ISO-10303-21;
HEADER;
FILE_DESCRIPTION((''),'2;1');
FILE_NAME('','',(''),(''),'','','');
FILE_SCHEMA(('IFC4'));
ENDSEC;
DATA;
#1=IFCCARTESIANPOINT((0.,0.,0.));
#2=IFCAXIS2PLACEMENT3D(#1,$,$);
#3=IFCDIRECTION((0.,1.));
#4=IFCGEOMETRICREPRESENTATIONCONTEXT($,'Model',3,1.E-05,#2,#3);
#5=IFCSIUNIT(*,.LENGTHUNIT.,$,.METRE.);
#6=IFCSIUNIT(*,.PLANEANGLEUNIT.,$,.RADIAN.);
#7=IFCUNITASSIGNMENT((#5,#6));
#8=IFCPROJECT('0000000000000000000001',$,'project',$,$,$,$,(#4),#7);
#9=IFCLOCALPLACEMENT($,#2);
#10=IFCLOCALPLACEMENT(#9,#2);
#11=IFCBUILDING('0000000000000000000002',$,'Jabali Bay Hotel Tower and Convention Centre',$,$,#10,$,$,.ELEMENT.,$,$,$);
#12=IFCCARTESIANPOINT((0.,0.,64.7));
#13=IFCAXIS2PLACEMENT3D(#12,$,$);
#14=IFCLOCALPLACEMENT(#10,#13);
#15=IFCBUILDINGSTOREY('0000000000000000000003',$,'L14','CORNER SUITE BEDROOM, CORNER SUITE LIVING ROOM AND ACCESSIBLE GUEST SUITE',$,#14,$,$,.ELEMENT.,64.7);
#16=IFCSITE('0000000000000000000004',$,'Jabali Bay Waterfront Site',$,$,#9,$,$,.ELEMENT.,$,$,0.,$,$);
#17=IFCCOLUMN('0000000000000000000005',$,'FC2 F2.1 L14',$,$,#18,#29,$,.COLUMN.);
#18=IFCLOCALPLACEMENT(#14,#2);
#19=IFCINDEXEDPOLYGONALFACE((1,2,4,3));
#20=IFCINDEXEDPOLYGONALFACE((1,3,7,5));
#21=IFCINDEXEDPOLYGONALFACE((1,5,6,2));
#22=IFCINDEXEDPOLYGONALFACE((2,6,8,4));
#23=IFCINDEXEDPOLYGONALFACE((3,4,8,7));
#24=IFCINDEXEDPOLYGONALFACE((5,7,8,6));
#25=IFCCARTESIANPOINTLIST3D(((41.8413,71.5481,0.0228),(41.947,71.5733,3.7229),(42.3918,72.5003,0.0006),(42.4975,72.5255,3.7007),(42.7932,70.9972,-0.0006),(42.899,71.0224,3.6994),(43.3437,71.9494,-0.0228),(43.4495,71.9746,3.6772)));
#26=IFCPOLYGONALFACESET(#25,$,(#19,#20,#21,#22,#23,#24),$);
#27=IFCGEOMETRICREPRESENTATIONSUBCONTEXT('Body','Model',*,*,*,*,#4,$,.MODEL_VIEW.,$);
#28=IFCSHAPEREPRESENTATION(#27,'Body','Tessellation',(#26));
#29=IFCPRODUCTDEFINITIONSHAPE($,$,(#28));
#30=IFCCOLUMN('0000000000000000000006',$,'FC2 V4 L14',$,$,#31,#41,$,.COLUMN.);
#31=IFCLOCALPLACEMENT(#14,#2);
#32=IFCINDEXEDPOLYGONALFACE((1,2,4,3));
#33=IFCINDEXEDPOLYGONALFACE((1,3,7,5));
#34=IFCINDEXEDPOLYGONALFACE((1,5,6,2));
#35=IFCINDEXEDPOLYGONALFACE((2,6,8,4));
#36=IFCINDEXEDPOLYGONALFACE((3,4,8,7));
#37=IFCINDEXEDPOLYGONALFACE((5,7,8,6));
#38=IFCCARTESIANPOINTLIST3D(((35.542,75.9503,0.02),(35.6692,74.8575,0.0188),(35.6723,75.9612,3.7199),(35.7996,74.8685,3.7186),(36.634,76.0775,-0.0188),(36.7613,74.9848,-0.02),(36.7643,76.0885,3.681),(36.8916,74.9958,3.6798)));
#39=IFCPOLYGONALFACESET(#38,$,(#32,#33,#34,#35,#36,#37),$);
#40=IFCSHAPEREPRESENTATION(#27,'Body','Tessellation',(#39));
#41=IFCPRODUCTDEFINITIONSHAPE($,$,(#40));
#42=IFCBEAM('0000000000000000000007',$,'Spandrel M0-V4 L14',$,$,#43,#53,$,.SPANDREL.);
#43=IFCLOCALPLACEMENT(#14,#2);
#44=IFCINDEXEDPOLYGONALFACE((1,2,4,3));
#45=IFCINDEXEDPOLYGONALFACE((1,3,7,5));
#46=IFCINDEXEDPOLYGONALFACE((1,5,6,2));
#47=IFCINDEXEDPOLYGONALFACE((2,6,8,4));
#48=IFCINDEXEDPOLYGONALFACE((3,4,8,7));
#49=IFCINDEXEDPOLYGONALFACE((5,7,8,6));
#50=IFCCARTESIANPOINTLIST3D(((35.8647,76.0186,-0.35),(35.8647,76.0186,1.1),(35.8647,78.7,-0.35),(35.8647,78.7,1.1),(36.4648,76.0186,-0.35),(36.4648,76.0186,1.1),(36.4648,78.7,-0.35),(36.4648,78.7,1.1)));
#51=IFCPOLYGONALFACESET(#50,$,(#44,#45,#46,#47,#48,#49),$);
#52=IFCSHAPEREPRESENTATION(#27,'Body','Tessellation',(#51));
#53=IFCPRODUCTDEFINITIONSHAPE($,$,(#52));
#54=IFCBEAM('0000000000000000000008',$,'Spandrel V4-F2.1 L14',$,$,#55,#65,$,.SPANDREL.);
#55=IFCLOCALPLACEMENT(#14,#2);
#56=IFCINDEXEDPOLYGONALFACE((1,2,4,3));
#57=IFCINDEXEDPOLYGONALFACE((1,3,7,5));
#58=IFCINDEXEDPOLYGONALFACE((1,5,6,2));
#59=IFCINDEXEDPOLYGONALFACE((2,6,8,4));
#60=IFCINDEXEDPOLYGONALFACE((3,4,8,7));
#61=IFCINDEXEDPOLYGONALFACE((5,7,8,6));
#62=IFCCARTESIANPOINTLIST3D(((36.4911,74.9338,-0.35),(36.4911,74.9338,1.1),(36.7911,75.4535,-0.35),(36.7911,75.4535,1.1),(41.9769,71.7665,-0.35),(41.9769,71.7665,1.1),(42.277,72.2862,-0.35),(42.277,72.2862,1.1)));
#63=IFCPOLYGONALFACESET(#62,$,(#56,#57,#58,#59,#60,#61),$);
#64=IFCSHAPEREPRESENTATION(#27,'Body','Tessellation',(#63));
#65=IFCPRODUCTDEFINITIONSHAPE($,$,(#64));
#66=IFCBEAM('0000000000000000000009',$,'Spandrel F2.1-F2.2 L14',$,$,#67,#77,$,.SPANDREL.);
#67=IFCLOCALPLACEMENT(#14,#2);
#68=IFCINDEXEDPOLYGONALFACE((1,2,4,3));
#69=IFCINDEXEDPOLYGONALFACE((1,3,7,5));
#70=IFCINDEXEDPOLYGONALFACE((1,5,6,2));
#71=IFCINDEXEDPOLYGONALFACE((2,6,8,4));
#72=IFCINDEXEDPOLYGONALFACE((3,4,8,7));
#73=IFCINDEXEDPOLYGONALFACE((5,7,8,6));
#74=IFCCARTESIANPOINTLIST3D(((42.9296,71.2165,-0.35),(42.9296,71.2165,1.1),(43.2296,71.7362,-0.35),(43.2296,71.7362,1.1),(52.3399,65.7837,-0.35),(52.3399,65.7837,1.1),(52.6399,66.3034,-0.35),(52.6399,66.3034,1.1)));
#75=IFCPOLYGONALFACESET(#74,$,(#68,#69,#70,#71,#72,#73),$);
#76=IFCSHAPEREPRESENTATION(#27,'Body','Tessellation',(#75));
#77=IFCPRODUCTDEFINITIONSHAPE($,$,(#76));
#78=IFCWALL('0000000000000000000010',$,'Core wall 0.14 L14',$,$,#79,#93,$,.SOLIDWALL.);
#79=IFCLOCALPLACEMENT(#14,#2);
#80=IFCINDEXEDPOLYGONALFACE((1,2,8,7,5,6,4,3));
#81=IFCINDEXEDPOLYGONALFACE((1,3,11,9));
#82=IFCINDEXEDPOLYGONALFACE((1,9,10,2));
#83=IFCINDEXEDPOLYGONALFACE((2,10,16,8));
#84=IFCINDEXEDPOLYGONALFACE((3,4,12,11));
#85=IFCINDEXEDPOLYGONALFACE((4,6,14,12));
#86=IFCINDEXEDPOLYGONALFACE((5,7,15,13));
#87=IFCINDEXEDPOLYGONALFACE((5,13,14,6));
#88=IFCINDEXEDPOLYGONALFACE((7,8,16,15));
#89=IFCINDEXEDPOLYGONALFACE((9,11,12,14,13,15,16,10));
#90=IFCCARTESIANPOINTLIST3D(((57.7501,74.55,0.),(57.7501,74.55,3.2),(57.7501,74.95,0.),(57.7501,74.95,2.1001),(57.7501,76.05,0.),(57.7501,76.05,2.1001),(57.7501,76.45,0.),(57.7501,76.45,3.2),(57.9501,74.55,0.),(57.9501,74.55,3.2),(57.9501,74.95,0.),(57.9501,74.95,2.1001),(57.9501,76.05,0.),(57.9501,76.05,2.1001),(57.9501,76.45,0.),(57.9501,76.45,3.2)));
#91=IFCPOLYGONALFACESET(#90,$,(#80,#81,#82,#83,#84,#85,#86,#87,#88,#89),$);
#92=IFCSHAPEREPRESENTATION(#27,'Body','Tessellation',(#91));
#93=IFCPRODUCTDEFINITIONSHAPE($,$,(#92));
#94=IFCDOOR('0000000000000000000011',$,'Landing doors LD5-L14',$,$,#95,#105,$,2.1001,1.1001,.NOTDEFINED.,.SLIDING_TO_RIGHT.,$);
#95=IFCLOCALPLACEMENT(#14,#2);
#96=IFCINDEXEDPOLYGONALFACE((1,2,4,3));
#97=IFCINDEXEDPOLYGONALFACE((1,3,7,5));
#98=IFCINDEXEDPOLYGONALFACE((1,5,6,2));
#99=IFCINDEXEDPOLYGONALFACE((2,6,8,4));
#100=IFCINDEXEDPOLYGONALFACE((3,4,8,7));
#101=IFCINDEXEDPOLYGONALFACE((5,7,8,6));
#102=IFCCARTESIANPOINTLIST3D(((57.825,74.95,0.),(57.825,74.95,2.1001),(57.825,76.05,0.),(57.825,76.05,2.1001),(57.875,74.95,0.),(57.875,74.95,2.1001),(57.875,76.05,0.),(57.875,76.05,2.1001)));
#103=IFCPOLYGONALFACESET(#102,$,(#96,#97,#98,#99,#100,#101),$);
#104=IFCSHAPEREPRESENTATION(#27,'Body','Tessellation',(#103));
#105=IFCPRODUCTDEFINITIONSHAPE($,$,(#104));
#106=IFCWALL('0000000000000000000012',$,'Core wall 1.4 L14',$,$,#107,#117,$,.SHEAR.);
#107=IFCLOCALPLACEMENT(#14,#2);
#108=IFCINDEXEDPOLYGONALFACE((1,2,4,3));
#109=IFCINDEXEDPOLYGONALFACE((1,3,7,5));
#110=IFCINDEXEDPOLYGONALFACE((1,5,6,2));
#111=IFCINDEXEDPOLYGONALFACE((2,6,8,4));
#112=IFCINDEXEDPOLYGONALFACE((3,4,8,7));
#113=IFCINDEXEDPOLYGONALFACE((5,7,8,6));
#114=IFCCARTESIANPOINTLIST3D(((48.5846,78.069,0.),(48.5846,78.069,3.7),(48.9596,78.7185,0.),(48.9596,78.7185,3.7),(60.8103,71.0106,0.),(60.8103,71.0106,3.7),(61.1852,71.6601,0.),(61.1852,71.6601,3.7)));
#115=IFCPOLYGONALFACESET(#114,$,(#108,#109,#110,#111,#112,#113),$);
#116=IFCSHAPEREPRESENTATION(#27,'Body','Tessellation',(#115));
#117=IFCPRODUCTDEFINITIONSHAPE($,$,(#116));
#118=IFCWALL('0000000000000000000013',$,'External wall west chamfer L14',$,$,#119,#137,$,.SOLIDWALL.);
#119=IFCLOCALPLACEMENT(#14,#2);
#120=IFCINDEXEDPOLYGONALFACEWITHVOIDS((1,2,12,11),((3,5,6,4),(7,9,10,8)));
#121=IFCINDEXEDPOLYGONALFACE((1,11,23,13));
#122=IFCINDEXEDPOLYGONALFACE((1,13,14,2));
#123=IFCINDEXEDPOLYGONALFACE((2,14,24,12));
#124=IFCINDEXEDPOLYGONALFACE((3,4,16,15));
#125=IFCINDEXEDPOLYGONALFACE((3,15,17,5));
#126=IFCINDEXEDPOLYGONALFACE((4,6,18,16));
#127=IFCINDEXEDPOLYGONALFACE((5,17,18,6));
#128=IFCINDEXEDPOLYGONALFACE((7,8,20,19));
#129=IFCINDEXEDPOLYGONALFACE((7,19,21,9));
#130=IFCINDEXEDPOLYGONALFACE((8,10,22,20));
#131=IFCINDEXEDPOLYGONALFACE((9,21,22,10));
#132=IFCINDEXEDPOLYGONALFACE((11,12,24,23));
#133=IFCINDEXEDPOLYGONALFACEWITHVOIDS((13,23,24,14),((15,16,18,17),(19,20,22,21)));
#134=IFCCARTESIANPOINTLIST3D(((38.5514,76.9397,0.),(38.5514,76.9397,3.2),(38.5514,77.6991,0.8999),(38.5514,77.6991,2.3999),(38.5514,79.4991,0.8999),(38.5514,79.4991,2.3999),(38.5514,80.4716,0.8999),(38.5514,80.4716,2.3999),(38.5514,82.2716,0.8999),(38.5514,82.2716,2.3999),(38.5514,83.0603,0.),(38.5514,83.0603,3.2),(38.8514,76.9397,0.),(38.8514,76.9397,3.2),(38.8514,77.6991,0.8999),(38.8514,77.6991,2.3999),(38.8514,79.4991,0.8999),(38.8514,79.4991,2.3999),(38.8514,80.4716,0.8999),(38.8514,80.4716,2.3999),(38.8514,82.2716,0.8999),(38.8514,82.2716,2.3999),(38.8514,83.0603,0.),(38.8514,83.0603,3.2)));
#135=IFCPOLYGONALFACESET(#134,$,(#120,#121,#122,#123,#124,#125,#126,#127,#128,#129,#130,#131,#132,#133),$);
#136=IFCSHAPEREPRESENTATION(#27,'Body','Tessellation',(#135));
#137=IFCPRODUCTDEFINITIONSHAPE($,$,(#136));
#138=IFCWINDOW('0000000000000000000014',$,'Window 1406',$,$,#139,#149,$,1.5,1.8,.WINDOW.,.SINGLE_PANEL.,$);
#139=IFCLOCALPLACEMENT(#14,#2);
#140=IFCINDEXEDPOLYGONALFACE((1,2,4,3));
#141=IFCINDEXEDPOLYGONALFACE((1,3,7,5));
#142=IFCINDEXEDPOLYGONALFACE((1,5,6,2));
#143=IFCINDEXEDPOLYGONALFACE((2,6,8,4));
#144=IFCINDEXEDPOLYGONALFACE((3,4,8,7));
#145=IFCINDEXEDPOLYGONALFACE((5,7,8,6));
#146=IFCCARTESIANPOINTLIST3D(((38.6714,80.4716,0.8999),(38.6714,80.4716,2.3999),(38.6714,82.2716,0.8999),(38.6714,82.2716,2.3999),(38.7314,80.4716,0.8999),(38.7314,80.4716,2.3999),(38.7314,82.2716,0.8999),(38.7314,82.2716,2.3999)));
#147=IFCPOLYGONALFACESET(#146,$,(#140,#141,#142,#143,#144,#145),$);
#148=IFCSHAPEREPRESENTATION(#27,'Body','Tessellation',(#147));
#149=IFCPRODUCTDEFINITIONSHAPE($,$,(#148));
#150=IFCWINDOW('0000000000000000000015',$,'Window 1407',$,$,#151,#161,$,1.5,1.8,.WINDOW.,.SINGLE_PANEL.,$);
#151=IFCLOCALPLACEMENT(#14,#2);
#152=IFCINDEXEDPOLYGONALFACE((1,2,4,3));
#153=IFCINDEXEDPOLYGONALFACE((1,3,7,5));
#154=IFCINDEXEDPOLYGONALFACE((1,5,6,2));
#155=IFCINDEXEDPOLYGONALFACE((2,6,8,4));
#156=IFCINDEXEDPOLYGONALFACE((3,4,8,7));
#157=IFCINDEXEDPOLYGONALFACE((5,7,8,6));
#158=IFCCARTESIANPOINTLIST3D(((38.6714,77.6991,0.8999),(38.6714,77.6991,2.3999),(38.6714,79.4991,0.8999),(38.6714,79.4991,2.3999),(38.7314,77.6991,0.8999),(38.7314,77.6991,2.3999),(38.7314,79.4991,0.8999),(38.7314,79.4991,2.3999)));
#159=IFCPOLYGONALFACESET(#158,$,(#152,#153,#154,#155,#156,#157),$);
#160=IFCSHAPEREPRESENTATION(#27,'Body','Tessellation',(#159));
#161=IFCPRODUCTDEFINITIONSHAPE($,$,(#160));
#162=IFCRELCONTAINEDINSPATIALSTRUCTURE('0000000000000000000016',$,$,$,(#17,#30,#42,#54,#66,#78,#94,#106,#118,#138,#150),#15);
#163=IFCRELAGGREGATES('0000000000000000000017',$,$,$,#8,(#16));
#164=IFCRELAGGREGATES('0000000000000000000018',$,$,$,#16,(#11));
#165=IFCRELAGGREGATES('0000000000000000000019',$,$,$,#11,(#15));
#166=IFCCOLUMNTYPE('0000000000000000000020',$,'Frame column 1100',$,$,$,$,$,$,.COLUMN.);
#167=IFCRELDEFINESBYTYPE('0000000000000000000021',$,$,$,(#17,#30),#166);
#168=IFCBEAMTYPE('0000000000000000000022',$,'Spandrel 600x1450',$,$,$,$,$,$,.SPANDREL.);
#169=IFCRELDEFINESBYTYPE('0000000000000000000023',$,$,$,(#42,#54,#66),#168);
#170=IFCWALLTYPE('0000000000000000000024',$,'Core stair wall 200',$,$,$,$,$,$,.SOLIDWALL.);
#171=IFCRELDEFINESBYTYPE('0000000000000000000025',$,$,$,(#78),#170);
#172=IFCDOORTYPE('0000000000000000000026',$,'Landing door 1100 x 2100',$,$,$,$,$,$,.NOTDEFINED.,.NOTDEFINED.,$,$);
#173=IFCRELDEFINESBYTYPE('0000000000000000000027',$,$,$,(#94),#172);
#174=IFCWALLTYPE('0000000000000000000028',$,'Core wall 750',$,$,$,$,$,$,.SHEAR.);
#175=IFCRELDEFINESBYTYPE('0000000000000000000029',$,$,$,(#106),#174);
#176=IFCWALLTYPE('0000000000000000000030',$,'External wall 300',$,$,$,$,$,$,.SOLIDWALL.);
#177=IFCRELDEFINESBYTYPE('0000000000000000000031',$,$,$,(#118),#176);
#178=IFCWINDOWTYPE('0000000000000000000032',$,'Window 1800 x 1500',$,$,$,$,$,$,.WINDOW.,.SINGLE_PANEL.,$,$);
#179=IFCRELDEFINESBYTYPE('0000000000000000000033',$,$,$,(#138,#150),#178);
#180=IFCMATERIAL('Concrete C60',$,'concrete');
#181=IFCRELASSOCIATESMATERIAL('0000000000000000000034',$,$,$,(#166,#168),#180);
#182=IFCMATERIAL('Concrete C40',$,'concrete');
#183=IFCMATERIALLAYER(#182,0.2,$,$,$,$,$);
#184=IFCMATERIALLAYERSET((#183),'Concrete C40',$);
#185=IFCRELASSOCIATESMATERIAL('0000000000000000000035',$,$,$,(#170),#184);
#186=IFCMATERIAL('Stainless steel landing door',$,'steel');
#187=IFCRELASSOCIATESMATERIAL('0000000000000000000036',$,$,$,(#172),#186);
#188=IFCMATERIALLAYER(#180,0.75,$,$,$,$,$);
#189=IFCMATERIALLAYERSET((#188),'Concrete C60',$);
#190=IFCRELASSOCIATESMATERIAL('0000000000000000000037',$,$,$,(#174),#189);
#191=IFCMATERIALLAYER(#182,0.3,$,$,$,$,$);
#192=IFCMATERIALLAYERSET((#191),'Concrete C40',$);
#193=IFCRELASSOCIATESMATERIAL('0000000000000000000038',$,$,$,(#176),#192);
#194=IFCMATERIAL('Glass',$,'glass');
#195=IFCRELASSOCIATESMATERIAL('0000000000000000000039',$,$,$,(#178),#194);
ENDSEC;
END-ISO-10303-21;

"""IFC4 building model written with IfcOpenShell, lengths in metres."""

from ifc_helpers import new_model, si_unit, direction, frame, frame_2d, origin, origin_2d, place, context, subcontext, project, spatial, rectangle, extrude, material, layer, layer_set, material_profile, profile_set, type_object, element, fill, save


model = new_model("IFC4")

# Units and contexts
model_context = context("Model", 3, precision=1e-05, world=origin(), true_north=direction((0.0, 1.0)))
body_context = subcontext(model_context, "Body", "Model", "MODEL_VIEW")
ifc_project = project(units=[si_unit("LENGTHUNIT", "METRE"), si_unit("PLANEANGLEUNIT", "RADIAN")], contexts=[model_context])

# Site, building, storey
site_placement = place(None, origin())
site = spatial("IfcSite", under=ifc_project, at=site_placement, Name="Jabali Bay Waterfront Site", CompositionType="ELEMENT", RefElevation=0.0)
building_placement = place(site_placement, origin())
building = spatial("IfcBuilding", under=site, at=building_placement, Name="Jabali Bay Hotel Tower and Convention Centre", CompositionType="ELEMENT")
storey_placement = place(building_placement, frame((0.0, 0.0, 64.7)))
storey = spatial("IfcBuildingStorey", under=building, at=storey_placement, Name="L14", Description="CORNER SUITE BEDROOM, CORNER SUITE LIVING ROOM AND ACCESSIBLE GUEST SUITE", CompositionType="ELEMENT", Elevation=64.7)

# Columns
ifc_material_1 = material(Name="Concrete C60", Category="concrete")
ifc_material_profile_1 = material_profile(ifc_material_1, rectangle(XDim=1.1001, YDim=1.1001, at=origin_2d()), Name="Frame column 1100")
ifc_profile_set_1 = profile_set([ifc_material_profile_1], Name="Concrete C60")
column_type = type_object("IfcColumnType", Name="Frame column 1100", PredefinedType="COLUMN", material=ifc_profile_set_1)
column_1_placement = place(storey_placement, frame((42.5925, 71.7488, 0.0), z_axis=(0.028559, 0.006794, 0.999569), x_axis=(-0.86532, 0.500766, 0.02132)))
element("IfcColumn", 1, at=column_1_placement, inside=storey, type_object=column_type, Name="FC2 F2.1 L14", PredefinedType="COLUMN", context=body_context, shape_type="SweptSolid", body=[
    extrude(rectangle(XDim=1.1001, YDim=1.1001, at=origin_2d()), origin(), (0.0, 0.0, 1.0), 3.7017),
])
column_2_placement = place(storey_placement, frame((36.1516, 75.4675, 0.0), z_axis=(0.035214, 0.002967, 0.999375), x_axis=(-0.11571, 0.993282, 0.001128)))
element("IfcColumn", 2, at=column_2_placement, inside=storey, type_object=column_type, Name="FC2 V4 L14", PredefinedType="COLUMN", context=body_context, shape_type="SweptSolid", body=[
    extrude(rectangle(XDim=1.1001, YDim=1.1001, at=origin_2d()), origin(), (0.0, 0.0, 1.0), 3.7021),
])

# Beams
ifc_material_profile_2 = material_profile(ifc_material_1, rectangle(XDim=0.6001, YDim=1.45, at=origin_2d()), Name="Spandrel 600x1450")
ifc_profile_set_2 = profile_set([ifc_material_profile_2], Name="Concrete C60")
beam_type = type_object("IfcBeamType", Name="Spandrel 600x1450", PredefinedType="SPANDREL", material=ifc_profile_set_2)
beam_1_placement = place(storey_placement, frame((36.1648, 78.7, 0.375), z_axis=(0.0, -1.0, 0.0), x_axis=(1.0, 0.0, 0.0)))
element("IfcBeam", 3, at=beam_1_placement, inside=storey, type_object=beam_type, Name="Spandrel M0-V4 L14", PredefinedType="SPANDREL", context=body_context, shape_type="SweptSolid", body=[
    extrude(rectangle(XDim=0.6001, YDim=1.45, at=origin_2d()), origin(), (0.0, 0.0, 1.0), 2.6814),
])
beam_2_placement = place(storey_placement, frame((36.6411, 75.1936, 0.375), z_axis=(0.866026, -0.499998, 0.0), x_axis=(0.499998, 0.866026, 0.0)))
element("IfcBeam", 4, at=beam_2_placement, inside=storey, type_object=beam_type, Name="Spandrel V4-F2.1 L14", PredefinedType="SPANDREL", context=body_context, shape_type="SweptSolid", body=[
    extrude(rectangle(XDim=0.6001, YDim=1.45, at=origin_2d()), origin(), (0.0, 0.0, 1.0), 6.3345),
])
beam_3_placement = place(storey_placement, frame((43.0796, 71.4763, 0.375), z_axis=(0.866035, -0.499984, 0.0), x_axis=(0.499984, 0.866035, 0.0)))
element("IfcBeam", 5, at=beam_3_placement, inside=storey, type_object=beam_type, Name="Spandrel F2.1-F2.2 L14", PredefinedType="SPANDREL", context=body_context, shape_type="SweptSolid", body=[
    extrude(rectangle(XDim=0.6001, YDim=1.45, at=origin_2d()), origin(), (0.0, 0.0, 1.0), 10.866),
])

# Wall, opening, door
ifc_material_2 = material(Name="Concrete C40", Category="concrete")
ifc_layer_1 = layer(ifc_material_2, 0.2)
ifc_layer_set_1 = layer_set([ifc_layer_1], Name="Concrete C40")
wall_type_1 = type_object("IfcWallType", Name="Core stair wall 200", PredefinedType="SOLIDWALL", material=ifc_layer_set_1)
wall_1_placement = place(storey_placement, frame((57.8501, 76.45, 0.0), z_axis=(0.0, 0.0, 1.0), x_axis=(0.0, -1.0, 0.0)))
wall_1 = element("IfcWall", 6, at=wall_1_placement, inside=storey, type_object=wall_type_1, Name="Core wall 0.14 L14", PredefinedType="SOLIDWALL", context=body_context, shape_type="SweptSolid", body=[
    extrude(rectangle(XDim=1.8999, YDim=0.2, at=frame_2d((0.95, 0.0))), origin(), (0.0, 0.0, 1.0), 3.2),
])
opening_1_placement = place(wall_1_placement, frame((0.3999, 0.0, 0.0)))
opening_1 = element("IfcOpeningElement", 7, at=opening_1_placement, cuts=wall_1, PredefinedType="OPENING", context=body_context, shape_type="SweptSolid", body=[
    extrude(rectangle(XDim=1.1001, YDim=2.1001, at=frame_2d((0.55, 1.05))), frame((0.0, 0.1104, 0.0), z_axis=(0.0, -1.0, 0.0), x_axis=(1.0, 0.0, 0.0)), (0.0, 0.0, 1.0), 0.2209),
])
ifc_material_3 = material(Name="Stainless steel landing door", Category="steel")
door_type = type_object("IfcDoorType", Name="Landing door 1100 x 2100", OperationType="NOTDEFINED", PredefinedType="NOTDEFINED", material=ifc_material_3)
door_placement = place(opening_1_placement, origin())
door = element("IfcDoor", 8, at=door_placement, inside=storey, type_object=door_type, Name="Landing doors LD5-L14", OperationType="SLIDING_TO_RIGHT", OverallHeight=2.1001, OverallWidth=1.1001, PredefinedType="NOTDEFINED", context=body_context, shape_type="SweptSolid", body=[
    extrude(rectangle(XDim=1.1001, YDim=2.1001, at=frame_2d((0.55, 1.05))), frame((0.0, 0.0249, 0.0), z_axis=(0.0, -1.0, 0.0), x_axis=(1.0, 0.0, 0.0)), (0.0, 0.0, 1.0), 0.05),
])
fill(opening_1, door)

# Wall
ifc_layer_2 = layer(ifc_material_1, 0.75)
ifc_layer_set_2 = layer_set([ifc_layer_2], Name="Concrete C60")
wall_type_2 = type_object("IfcWallType", Name="Core wall 750", PredefinedType="SHEAR", material=ifc_layer_set_2)
wall_2_placement = place(storey_placement, frame((48.772, 78.3938, 0.0), z_axis=(0.0, 0.0, 1.0), x_axis=(0.866028, -0.499995, 0.0)))
element("IfcWall", 9, at=wall_2_placement, inside=storey, type_object=wall_type_2, Name="Core wall 1.4 L14", PredefinedType="SHEAR", context=body_context, shape_type="SweptSolid", body=[
    extrude(rectangle(XDim=14.1169, YDim=0.75, at=frame_2d((7.0586, 0.0))), origin(), (0.0, 0.0, 1.0), 3.7),
])

# Wall, openings, windows
ifc_layer_3 = layer(ifc_material_2, 0.3)
ifc_layer_set_3 = layer_set([ifc_layer_3], Name="Concrete C40")
wall_type_3 = type_object("IfcWallType", Name="External wall 300", PredefinedType="SOLIDWALL", material=ifc_layer_set_3)
wall_3_placement = place(storey_placement, frame((38.7014, 76.9397, 0.0), z_axis=(0.0, 0.0, 1.0), x_axis=(0.0, 1.0, 0.0)))
wall_3 = element("IfcWall", 10, at=wall_3_placement, inside=storey, type_object=wall_type_3, Name="External wall west chamfer L14", PredefinedType="SOLIDWALL", context=body_context, shape_type="SweptSolid", body=[
    extrude(rectangle(XDim=6.1206, YDim=0.3, at=frame_2d((3.0603, 0.0))), origin(), (0.0, 0.0, 1.0), 3.2),
])
opening_2_placement = place(wall_3_placement, frame((3.532, 0.0, 0.8999)))
opening_2 = element("IfcOpeningElement", 11, at=opening_2_placement, cuts=wall_3, PredefinedType="OPENING", context=body_context, shape_type="SweptSolid", body=[
    extrude(rectangle(XDim=1.8, YDim=1.5, at=frame_2d((0.8999, 0.75))), frame((0.0, 0.1606, 0.0), z_axis=(0.0, -1.0, 0.0), x_axis=(1.0, 0.0, 0.0)), (0.0, 0.0, 1.0), 0.321),
])
opening_3_placement = place(wall_3_placement, frame((0.7595, 0.0, 0.8999)))
opening_3 = element("IfcOpeningElement", 12, at=opening_3_placement, cuts=wall_3, PredefinedType="OPENING", context=body_context, shape_type="SweptSolid", body=[
    extrude(rectangle(XDim=1.8, YDim=1.5, at=frame_2d((0.8999, 0.75))), frame((0.0, 0.1606, 0.0), z_axis=(0.0, -1.0, 0.0), x_axis=(1.0, 0.0, 0.0)), (0.0, 0.0, 1.0), 0.321),
])
ifc_material_4 = material(Name="Glass", Category="glass")
window_type = type_object("IfcWindowType", Name="Window 1800 x 1500", PartitioningType="SINGLE_PANEL", PredefinedType="WINDOW", material=ifc_material_4)
window_1_placement = place(opening_2_placement, origin())
window_1 = element("IfcWindow", 13, at=window_1_placement, inside=storey, type_object=window_type, Name="Window 1406", OverallHeight=1.5, OverallWidth=1.8, PartitioningType="SINGLE_PANEL", PredefinedType="WINDOW", context=body_context, shape_type="SweptSolid", body=[
    extrude(rectangle(XDim=1.8, YDim=1.5, at=frame_2d((0.8999, 0.75))), frame((0.0, 0.03, 0.0), z_axis=(0.0, -1.0, 0.0), x_axis=(1.0, 0.0, 0.0)), (0.0, 0.0, 1.0), 0.0601),
])
fill(opening_2, window_1)
window_2_placement = place(opening_3_placement, origin())
window_2 = element("IfcWindow", 14, at=window_2_placement, inside=storey, type_object=window_type, Name="Window 1407", OverallHeight=1.5, OverallWidth=1.8, PartitioningType="SINGLE_PANEL", PredefinedType="WINDOW", context=body_context, shape_type="SweptSolid", body=[
    extrude(rectangle(XDim=1.8, YDim=1.5, at=frame_2d((0.8999, 0.75))), frame((0.0, 0.03, 0.0), z_axis=(0.0, -1.0, 0.0), x_axis=(1.0, 0.0, 0.0)), (0.0, 0.0, 1.0), 0.0601),
])
fill(opening_3, window_2)

save(model, "model.ifc")
